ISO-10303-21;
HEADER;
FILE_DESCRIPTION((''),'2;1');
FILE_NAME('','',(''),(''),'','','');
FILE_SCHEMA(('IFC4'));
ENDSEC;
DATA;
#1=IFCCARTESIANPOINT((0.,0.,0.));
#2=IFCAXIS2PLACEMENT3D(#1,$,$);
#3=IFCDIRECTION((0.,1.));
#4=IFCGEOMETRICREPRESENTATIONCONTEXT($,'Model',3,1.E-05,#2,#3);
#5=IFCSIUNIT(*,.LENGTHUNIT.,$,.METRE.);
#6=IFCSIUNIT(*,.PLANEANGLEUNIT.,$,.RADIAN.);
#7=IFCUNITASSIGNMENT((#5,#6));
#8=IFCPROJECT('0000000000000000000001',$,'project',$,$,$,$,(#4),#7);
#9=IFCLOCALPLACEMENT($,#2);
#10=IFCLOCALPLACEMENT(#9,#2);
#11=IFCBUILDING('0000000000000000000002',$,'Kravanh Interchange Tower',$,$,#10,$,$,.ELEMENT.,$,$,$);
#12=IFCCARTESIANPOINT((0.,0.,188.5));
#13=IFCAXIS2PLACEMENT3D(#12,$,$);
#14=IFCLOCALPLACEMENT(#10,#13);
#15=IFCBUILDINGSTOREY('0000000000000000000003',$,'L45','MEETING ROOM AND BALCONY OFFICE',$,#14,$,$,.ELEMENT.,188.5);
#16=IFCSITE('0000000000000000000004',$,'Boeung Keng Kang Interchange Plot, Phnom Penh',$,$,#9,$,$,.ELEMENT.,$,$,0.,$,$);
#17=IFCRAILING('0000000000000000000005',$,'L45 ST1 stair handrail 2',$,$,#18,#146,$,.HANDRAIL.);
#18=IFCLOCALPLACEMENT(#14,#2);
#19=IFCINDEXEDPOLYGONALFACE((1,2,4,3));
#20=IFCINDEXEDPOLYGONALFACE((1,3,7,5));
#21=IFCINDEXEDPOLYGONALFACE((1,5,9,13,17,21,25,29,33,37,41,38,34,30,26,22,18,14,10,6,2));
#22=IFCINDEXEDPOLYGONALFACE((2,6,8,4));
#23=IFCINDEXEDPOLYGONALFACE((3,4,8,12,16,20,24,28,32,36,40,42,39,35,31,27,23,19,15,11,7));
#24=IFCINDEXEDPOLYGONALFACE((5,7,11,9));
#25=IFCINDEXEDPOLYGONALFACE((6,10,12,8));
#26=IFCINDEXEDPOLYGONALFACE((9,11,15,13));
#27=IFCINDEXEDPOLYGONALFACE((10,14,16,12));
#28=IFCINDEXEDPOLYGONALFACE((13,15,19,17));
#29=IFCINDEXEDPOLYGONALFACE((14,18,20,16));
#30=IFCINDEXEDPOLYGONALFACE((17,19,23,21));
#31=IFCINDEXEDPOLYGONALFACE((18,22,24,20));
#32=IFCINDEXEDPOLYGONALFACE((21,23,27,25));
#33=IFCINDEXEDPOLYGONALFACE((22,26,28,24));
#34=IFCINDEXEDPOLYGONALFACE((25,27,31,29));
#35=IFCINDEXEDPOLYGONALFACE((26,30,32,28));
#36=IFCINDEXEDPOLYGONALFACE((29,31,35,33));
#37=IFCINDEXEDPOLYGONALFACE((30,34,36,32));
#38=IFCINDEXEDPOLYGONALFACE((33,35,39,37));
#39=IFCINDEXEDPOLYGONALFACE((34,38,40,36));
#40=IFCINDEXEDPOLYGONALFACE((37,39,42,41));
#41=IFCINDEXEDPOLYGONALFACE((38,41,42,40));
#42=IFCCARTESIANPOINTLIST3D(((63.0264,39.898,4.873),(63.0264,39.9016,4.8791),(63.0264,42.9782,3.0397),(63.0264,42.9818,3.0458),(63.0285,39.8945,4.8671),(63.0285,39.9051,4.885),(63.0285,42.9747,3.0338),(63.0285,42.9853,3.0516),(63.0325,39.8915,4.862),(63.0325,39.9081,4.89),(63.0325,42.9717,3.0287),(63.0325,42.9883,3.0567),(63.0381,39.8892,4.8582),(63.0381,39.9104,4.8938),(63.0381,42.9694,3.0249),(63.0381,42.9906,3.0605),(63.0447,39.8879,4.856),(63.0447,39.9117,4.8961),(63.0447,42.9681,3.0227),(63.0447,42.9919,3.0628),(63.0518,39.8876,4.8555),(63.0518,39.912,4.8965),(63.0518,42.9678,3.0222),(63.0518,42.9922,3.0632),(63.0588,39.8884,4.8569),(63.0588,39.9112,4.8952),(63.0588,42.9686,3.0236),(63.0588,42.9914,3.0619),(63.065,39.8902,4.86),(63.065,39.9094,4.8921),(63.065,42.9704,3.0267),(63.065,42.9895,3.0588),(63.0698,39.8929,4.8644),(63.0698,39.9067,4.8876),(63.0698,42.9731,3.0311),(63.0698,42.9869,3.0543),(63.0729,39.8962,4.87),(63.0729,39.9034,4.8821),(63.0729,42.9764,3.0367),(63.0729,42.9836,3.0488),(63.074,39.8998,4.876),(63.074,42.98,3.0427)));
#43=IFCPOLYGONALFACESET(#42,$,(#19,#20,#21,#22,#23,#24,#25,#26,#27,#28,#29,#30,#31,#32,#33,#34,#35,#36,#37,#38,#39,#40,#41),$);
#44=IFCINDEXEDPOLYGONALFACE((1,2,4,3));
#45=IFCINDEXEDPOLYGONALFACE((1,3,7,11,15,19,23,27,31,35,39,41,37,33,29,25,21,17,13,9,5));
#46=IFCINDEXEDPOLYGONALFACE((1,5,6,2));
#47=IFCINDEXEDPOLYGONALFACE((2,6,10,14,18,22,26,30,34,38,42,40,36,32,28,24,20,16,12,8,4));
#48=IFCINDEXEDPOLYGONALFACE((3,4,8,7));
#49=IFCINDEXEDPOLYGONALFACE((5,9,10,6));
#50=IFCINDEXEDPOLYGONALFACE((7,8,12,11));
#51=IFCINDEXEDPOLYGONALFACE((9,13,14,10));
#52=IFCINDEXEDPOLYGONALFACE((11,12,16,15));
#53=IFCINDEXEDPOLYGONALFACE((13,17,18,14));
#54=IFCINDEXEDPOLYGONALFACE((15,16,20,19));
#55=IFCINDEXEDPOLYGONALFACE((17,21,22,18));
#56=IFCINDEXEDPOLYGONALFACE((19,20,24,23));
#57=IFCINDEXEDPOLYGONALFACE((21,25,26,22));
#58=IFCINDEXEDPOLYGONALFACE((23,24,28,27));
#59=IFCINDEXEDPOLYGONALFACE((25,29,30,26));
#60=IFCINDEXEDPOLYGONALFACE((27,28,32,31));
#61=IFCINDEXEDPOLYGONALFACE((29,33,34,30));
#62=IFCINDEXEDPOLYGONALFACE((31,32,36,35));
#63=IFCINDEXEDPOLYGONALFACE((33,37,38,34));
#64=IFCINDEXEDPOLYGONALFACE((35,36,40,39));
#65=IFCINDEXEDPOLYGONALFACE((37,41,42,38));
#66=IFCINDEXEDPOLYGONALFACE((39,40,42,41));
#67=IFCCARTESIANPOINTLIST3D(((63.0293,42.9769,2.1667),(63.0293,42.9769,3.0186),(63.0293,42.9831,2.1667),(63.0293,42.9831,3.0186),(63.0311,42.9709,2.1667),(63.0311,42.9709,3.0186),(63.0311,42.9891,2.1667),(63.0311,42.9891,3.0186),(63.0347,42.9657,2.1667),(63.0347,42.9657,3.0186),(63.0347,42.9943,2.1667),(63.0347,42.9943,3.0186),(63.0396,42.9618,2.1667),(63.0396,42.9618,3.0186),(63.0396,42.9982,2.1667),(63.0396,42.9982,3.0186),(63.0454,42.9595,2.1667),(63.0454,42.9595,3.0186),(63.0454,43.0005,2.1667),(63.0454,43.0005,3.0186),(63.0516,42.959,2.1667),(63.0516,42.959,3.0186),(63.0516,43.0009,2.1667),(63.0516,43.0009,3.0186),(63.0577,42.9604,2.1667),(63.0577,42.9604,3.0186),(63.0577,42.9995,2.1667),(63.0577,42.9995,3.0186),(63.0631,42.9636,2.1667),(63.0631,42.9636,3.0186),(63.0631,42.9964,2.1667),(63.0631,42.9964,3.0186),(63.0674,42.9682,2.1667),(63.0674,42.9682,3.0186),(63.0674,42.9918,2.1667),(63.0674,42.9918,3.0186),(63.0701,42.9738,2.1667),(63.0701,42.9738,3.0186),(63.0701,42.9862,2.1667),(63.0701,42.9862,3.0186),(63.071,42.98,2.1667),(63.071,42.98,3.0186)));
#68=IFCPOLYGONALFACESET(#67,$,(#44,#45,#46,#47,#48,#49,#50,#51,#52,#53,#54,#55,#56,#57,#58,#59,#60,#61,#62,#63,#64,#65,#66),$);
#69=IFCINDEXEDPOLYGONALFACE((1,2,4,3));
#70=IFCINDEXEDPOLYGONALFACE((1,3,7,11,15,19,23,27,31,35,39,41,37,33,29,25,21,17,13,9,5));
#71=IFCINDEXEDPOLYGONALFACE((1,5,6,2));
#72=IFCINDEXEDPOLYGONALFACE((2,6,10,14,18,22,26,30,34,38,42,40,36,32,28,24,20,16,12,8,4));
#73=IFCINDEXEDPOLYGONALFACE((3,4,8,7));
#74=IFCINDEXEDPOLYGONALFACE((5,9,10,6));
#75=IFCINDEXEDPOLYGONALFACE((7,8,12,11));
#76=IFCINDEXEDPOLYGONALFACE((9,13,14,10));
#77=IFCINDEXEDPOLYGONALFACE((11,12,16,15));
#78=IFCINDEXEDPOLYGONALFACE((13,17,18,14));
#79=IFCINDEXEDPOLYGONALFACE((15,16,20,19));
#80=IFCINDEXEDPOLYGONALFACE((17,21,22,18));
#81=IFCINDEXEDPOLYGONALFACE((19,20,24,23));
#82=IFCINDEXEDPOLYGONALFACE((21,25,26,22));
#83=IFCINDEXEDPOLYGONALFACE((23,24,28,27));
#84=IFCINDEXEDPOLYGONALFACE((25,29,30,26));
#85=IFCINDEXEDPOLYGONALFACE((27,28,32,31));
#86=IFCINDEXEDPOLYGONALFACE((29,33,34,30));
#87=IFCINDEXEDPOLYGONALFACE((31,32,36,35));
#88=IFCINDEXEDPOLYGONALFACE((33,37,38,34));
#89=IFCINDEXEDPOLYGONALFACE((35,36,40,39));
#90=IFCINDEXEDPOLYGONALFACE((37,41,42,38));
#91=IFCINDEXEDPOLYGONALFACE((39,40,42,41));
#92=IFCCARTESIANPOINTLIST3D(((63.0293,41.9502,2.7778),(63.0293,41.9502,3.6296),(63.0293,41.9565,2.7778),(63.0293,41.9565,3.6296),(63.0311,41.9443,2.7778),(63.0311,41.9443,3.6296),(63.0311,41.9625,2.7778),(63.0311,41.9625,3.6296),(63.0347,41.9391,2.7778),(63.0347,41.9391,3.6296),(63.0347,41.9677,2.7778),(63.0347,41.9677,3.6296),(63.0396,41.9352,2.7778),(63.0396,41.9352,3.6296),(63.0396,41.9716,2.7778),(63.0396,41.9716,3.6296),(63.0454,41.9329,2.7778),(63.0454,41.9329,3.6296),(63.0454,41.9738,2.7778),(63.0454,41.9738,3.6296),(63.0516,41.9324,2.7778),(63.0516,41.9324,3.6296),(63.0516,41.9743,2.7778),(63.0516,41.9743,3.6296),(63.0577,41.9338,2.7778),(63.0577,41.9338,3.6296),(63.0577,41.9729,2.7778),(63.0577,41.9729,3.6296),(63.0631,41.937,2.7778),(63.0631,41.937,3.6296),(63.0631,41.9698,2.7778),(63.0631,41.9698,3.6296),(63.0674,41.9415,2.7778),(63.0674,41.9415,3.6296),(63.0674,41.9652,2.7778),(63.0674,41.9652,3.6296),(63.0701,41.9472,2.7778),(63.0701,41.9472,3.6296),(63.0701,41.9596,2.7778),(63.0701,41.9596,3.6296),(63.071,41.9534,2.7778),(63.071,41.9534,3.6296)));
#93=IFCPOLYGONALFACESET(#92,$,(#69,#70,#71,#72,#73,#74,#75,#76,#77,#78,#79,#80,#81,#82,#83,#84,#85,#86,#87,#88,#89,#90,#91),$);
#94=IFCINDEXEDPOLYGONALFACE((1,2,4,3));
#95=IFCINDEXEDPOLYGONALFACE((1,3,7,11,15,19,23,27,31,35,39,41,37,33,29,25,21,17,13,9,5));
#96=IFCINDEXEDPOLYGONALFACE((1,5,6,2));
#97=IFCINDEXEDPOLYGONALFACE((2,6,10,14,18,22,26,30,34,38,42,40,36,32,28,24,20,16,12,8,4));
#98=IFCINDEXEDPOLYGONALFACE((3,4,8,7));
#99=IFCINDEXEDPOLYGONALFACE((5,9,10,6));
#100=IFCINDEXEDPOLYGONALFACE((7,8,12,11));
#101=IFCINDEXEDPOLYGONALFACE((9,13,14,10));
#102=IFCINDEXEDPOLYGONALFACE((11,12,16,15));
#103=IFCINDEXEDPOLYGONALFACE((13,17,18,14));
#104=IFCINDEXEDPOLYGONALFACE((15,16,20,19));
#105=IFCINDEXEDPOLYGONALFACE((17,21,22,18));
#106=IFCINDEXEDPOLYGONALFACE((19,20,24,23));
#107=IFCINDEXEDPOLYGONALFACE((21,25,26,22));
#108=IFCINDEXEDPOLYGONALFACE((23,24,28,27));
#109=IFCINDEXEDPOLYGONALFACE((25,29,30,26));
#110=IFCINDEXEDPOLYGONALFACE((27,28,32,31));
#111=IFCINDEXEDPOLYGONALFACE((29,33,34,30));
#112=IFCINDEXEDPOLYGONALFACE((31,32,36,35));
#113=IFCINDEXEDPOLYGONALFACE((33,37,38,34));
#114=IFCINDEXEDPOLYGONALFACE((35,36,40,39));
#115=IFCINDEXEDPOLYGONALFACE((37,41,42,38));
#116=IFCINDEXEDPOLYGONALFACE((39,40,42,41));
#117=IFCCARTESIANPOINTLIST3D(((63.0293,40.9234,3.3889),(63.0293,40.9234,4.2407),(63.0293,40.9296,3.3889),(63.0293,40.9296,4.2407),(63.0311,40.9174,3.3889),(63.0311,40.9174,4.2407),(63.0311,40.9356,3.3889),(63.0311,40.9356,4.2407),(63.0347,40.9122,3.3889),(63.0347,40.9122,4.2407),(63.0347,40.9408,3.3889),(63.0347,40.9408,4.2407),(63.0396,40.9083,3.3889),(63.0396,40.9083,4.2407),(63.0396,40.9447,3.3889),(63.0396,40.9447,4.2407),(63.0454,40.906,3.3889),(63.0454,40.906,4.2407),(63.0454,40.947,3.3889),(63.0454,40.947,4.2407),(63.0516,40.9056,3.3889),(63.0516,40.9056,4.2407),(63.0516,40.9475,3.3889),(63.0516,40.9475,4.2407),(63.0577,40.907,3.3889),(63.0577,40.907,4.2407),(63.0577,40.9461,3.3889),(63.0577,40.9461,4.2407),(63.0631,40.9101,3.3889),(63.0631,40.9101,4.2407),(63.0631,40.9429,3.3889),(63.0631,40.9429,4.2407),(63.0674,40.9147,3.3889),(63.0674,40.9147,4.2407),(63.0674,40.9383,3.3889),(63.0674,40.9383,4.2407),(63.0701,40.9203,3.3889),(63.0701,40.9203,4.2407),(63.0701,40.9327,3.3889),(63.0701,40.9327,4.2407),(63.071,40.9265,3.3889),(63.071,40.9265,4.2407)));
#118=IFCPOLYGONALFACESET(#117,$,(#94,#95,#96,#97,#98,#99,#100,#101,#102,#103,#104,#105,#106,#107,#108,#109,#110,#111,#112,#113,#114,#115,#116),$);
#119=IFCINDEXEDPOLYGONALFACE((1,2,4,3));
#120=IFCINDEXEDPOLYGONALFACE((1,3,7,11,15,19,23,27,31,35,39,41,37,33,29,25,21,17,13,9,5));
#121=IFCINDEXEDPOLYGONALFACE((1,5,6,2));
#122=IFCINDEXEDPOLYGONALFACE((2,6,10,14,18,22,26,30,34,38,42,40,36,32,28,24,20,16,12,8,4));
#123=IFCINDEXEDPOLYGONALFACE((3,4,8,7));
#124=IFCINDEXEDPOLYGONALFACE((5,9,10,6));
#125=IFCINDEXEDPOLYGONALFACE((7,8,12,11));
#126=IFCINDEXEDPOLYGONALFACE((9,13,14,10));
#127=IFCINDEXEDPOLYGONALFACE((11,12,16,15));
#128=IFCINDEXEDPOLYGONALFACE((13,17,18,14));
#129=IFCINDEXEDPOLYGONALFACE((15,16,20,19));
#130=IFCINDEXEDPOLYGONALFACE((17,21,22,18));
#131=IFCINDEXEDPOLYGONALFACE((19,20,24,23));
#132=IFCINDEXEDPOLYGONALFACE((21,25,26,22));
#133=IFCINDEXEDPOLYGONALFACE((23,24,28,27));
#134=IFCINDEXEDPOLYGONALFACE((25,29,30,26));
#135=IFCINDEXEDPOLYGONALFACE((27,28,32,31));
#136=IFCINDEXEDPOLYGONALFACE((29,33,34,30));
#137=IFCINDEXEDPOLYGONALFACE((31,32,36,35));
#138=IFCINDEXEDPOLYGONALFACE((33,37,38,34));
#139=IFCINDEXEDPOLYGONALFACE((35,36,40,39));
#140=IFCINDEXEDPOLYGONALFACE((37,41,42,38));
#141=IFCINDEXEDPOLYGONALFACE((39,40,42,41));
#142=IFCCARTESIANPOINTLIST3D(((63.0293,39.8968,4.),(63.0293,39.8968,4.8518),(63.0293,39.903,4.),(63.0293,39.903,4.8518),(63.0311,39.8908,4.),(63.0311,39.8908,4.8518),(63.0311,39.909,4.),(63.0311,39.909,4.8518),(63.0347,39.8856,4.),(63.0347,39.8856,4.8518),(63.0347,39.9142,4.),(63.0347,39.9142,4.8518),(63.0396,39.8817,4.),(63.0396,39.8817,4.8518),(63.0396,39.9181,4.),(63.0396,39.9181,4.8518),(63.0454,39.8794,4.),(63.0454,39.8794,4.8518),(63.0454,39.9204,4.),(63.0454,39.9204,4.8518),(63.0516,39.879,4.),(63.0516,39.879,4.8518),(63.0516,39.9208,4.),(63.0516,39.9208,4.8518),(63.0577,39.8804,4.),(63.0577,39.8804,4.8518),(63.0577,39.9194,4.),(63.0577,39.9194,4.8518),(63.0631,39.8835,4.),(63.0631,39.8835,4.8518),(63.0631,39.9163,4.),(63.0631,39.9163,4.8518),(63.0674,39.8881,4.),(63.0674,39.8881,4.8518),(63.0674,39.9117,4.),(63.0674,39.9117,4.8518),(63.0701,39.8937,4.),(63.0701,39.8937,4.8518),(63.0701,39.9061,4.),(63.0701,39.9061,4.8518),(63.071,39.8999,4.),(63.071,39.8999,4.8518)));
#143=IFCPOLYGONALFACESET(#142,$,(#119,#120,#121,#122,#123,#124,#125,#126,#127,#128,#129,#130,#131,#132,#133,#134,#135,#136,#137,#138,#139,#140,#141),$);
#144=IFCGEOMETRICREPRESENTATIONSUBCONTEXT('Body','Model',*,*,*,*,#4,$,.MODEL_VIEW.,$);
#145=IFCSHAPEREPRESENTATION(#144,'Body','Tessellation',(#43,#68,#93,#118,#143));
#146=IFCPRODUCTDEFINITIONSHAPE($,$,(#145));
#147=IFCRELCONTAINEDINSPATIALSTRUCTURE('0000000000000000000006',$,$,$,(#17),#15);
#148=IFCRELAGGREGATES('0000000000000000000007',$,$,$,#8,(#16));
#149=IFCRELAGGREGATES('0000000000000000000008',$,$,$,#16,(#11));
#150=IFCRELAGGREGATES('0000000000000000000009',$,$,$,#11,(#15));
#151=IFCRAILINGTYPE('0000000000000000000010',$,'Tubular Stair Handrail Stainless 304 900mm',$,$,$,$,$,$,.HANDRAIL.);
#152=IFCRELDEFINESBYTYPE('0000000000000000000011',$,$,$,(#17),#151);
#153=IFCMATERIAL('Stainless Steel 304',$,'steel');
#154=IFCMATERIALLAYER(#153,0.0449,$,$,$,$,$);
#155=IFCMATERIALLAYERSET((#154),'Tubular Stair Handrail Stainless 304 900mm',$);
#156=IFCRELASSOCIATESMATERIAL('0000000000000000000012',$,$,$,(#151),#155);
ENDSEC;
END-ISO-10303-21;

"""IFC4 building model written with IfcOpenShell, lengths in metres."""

from ifc_helpers import new_model, si_unit, direction, frame, origin, origin_2d, place, context, subcontext, project, spatial, circle, extrude, material, layer, layer_set, type_object, element, save


model = new_model("IFC4")

# Units and contexts
model_context = context("Model", 3, precision=1e-05, world=origin(), true_north=direction((0.0, 1.0)))
body_context = subcontext(model_context, "Body", "Model", "MODEL_VIEW")
ifc_project = project(units=[si_unit("LENGTHUNIT", "METRE"), si_unit("PLANEANGLEUNIT", "RADIAN")], contexts=[model_context])

# Site, building, storey
site_placement = place(None, origin())
site = spatial("IfcSite", under=ifc_project, at=site_placement, Name="Boeung Keng Kang Interchange Plot, Phnom Penh", CompositionType="ELEMENT", RefElevation=0.0)
building_placement = place(site_placement, origin())
building = spatial("IfcBuilding", under=site, at=building_placement, Name="Kravanh Interchange Tower", CompositionType="ELEMENT")
storey_placement = place(building_placement, frame((0.0, 0.0, 188.5)))
storey = spatial("IfcBuildingStorey", under=building, at=storey_placement, Name="L45", Description="MEETING ROOM AND BALCONY OFFICE", CompositionType="ELEMENT", Elevation=188.5)

# Railing
ifc_material_1 = material(Name="Stainless Steel 304", Category="steel")
ifc_layer_1 = layer(ifc_material_1, 0.0449)
ifc_layer_set_1 = layer_set([ifc_layer_1], Name="Tubular Stair Handrail Stainless 304 900mm")
railing_type_1 = type_object("IfcRailingType", Name="Tubular Stair Handrail Stainless 304 900mm", PredefinedType="HANDRAIL", material=ifc_layer_set_1)
railing_1_placement = place(storey_placement, frame((63.05, 42.98, 2.1667)))
element("IfcRailing", 1, at=railing_1_placement, inside=storey, type_object=railing_type_1, Name="L45 ST1 stair handrail 2", PredefinedType="HANDRAIL", context=body_context, shape_type="SweptSolid", body=[
    extrude(circle(Radius=0.0239, at=origin_2d()), frame((0.0, 0.0, 0.876), z_axis=(0.0, -0.859309, 0.511458), x_axis=(1.0, 0.0, 0.0)), (0.0, 0.0, 1.0), 3.5845),
    extrude(circle(Radius=0.021, at=origin_2d()), origin(), (0.0, 0.0, 1.0), 0.8518),
    extrude(circle(Radius=0.021, at=origin_2d()), frame((0.0, -1.0266, 0.6111)), (0.0, 0.0, 1.0), 0.8518),
    extrude(circle(Radius=0.021, at=origin_2d()), frame((0.0, -2.0535, 1.2222)), (0.0, 0.0, 1.0), 0.8518),
    extrude(circle(Radius=0.021, at=origin_2d()), frame((0.0, -3.0801, 1.8333)), (0.0, 0.0, 1.0), 0.8518),
])

save(model, "model.ifc")
